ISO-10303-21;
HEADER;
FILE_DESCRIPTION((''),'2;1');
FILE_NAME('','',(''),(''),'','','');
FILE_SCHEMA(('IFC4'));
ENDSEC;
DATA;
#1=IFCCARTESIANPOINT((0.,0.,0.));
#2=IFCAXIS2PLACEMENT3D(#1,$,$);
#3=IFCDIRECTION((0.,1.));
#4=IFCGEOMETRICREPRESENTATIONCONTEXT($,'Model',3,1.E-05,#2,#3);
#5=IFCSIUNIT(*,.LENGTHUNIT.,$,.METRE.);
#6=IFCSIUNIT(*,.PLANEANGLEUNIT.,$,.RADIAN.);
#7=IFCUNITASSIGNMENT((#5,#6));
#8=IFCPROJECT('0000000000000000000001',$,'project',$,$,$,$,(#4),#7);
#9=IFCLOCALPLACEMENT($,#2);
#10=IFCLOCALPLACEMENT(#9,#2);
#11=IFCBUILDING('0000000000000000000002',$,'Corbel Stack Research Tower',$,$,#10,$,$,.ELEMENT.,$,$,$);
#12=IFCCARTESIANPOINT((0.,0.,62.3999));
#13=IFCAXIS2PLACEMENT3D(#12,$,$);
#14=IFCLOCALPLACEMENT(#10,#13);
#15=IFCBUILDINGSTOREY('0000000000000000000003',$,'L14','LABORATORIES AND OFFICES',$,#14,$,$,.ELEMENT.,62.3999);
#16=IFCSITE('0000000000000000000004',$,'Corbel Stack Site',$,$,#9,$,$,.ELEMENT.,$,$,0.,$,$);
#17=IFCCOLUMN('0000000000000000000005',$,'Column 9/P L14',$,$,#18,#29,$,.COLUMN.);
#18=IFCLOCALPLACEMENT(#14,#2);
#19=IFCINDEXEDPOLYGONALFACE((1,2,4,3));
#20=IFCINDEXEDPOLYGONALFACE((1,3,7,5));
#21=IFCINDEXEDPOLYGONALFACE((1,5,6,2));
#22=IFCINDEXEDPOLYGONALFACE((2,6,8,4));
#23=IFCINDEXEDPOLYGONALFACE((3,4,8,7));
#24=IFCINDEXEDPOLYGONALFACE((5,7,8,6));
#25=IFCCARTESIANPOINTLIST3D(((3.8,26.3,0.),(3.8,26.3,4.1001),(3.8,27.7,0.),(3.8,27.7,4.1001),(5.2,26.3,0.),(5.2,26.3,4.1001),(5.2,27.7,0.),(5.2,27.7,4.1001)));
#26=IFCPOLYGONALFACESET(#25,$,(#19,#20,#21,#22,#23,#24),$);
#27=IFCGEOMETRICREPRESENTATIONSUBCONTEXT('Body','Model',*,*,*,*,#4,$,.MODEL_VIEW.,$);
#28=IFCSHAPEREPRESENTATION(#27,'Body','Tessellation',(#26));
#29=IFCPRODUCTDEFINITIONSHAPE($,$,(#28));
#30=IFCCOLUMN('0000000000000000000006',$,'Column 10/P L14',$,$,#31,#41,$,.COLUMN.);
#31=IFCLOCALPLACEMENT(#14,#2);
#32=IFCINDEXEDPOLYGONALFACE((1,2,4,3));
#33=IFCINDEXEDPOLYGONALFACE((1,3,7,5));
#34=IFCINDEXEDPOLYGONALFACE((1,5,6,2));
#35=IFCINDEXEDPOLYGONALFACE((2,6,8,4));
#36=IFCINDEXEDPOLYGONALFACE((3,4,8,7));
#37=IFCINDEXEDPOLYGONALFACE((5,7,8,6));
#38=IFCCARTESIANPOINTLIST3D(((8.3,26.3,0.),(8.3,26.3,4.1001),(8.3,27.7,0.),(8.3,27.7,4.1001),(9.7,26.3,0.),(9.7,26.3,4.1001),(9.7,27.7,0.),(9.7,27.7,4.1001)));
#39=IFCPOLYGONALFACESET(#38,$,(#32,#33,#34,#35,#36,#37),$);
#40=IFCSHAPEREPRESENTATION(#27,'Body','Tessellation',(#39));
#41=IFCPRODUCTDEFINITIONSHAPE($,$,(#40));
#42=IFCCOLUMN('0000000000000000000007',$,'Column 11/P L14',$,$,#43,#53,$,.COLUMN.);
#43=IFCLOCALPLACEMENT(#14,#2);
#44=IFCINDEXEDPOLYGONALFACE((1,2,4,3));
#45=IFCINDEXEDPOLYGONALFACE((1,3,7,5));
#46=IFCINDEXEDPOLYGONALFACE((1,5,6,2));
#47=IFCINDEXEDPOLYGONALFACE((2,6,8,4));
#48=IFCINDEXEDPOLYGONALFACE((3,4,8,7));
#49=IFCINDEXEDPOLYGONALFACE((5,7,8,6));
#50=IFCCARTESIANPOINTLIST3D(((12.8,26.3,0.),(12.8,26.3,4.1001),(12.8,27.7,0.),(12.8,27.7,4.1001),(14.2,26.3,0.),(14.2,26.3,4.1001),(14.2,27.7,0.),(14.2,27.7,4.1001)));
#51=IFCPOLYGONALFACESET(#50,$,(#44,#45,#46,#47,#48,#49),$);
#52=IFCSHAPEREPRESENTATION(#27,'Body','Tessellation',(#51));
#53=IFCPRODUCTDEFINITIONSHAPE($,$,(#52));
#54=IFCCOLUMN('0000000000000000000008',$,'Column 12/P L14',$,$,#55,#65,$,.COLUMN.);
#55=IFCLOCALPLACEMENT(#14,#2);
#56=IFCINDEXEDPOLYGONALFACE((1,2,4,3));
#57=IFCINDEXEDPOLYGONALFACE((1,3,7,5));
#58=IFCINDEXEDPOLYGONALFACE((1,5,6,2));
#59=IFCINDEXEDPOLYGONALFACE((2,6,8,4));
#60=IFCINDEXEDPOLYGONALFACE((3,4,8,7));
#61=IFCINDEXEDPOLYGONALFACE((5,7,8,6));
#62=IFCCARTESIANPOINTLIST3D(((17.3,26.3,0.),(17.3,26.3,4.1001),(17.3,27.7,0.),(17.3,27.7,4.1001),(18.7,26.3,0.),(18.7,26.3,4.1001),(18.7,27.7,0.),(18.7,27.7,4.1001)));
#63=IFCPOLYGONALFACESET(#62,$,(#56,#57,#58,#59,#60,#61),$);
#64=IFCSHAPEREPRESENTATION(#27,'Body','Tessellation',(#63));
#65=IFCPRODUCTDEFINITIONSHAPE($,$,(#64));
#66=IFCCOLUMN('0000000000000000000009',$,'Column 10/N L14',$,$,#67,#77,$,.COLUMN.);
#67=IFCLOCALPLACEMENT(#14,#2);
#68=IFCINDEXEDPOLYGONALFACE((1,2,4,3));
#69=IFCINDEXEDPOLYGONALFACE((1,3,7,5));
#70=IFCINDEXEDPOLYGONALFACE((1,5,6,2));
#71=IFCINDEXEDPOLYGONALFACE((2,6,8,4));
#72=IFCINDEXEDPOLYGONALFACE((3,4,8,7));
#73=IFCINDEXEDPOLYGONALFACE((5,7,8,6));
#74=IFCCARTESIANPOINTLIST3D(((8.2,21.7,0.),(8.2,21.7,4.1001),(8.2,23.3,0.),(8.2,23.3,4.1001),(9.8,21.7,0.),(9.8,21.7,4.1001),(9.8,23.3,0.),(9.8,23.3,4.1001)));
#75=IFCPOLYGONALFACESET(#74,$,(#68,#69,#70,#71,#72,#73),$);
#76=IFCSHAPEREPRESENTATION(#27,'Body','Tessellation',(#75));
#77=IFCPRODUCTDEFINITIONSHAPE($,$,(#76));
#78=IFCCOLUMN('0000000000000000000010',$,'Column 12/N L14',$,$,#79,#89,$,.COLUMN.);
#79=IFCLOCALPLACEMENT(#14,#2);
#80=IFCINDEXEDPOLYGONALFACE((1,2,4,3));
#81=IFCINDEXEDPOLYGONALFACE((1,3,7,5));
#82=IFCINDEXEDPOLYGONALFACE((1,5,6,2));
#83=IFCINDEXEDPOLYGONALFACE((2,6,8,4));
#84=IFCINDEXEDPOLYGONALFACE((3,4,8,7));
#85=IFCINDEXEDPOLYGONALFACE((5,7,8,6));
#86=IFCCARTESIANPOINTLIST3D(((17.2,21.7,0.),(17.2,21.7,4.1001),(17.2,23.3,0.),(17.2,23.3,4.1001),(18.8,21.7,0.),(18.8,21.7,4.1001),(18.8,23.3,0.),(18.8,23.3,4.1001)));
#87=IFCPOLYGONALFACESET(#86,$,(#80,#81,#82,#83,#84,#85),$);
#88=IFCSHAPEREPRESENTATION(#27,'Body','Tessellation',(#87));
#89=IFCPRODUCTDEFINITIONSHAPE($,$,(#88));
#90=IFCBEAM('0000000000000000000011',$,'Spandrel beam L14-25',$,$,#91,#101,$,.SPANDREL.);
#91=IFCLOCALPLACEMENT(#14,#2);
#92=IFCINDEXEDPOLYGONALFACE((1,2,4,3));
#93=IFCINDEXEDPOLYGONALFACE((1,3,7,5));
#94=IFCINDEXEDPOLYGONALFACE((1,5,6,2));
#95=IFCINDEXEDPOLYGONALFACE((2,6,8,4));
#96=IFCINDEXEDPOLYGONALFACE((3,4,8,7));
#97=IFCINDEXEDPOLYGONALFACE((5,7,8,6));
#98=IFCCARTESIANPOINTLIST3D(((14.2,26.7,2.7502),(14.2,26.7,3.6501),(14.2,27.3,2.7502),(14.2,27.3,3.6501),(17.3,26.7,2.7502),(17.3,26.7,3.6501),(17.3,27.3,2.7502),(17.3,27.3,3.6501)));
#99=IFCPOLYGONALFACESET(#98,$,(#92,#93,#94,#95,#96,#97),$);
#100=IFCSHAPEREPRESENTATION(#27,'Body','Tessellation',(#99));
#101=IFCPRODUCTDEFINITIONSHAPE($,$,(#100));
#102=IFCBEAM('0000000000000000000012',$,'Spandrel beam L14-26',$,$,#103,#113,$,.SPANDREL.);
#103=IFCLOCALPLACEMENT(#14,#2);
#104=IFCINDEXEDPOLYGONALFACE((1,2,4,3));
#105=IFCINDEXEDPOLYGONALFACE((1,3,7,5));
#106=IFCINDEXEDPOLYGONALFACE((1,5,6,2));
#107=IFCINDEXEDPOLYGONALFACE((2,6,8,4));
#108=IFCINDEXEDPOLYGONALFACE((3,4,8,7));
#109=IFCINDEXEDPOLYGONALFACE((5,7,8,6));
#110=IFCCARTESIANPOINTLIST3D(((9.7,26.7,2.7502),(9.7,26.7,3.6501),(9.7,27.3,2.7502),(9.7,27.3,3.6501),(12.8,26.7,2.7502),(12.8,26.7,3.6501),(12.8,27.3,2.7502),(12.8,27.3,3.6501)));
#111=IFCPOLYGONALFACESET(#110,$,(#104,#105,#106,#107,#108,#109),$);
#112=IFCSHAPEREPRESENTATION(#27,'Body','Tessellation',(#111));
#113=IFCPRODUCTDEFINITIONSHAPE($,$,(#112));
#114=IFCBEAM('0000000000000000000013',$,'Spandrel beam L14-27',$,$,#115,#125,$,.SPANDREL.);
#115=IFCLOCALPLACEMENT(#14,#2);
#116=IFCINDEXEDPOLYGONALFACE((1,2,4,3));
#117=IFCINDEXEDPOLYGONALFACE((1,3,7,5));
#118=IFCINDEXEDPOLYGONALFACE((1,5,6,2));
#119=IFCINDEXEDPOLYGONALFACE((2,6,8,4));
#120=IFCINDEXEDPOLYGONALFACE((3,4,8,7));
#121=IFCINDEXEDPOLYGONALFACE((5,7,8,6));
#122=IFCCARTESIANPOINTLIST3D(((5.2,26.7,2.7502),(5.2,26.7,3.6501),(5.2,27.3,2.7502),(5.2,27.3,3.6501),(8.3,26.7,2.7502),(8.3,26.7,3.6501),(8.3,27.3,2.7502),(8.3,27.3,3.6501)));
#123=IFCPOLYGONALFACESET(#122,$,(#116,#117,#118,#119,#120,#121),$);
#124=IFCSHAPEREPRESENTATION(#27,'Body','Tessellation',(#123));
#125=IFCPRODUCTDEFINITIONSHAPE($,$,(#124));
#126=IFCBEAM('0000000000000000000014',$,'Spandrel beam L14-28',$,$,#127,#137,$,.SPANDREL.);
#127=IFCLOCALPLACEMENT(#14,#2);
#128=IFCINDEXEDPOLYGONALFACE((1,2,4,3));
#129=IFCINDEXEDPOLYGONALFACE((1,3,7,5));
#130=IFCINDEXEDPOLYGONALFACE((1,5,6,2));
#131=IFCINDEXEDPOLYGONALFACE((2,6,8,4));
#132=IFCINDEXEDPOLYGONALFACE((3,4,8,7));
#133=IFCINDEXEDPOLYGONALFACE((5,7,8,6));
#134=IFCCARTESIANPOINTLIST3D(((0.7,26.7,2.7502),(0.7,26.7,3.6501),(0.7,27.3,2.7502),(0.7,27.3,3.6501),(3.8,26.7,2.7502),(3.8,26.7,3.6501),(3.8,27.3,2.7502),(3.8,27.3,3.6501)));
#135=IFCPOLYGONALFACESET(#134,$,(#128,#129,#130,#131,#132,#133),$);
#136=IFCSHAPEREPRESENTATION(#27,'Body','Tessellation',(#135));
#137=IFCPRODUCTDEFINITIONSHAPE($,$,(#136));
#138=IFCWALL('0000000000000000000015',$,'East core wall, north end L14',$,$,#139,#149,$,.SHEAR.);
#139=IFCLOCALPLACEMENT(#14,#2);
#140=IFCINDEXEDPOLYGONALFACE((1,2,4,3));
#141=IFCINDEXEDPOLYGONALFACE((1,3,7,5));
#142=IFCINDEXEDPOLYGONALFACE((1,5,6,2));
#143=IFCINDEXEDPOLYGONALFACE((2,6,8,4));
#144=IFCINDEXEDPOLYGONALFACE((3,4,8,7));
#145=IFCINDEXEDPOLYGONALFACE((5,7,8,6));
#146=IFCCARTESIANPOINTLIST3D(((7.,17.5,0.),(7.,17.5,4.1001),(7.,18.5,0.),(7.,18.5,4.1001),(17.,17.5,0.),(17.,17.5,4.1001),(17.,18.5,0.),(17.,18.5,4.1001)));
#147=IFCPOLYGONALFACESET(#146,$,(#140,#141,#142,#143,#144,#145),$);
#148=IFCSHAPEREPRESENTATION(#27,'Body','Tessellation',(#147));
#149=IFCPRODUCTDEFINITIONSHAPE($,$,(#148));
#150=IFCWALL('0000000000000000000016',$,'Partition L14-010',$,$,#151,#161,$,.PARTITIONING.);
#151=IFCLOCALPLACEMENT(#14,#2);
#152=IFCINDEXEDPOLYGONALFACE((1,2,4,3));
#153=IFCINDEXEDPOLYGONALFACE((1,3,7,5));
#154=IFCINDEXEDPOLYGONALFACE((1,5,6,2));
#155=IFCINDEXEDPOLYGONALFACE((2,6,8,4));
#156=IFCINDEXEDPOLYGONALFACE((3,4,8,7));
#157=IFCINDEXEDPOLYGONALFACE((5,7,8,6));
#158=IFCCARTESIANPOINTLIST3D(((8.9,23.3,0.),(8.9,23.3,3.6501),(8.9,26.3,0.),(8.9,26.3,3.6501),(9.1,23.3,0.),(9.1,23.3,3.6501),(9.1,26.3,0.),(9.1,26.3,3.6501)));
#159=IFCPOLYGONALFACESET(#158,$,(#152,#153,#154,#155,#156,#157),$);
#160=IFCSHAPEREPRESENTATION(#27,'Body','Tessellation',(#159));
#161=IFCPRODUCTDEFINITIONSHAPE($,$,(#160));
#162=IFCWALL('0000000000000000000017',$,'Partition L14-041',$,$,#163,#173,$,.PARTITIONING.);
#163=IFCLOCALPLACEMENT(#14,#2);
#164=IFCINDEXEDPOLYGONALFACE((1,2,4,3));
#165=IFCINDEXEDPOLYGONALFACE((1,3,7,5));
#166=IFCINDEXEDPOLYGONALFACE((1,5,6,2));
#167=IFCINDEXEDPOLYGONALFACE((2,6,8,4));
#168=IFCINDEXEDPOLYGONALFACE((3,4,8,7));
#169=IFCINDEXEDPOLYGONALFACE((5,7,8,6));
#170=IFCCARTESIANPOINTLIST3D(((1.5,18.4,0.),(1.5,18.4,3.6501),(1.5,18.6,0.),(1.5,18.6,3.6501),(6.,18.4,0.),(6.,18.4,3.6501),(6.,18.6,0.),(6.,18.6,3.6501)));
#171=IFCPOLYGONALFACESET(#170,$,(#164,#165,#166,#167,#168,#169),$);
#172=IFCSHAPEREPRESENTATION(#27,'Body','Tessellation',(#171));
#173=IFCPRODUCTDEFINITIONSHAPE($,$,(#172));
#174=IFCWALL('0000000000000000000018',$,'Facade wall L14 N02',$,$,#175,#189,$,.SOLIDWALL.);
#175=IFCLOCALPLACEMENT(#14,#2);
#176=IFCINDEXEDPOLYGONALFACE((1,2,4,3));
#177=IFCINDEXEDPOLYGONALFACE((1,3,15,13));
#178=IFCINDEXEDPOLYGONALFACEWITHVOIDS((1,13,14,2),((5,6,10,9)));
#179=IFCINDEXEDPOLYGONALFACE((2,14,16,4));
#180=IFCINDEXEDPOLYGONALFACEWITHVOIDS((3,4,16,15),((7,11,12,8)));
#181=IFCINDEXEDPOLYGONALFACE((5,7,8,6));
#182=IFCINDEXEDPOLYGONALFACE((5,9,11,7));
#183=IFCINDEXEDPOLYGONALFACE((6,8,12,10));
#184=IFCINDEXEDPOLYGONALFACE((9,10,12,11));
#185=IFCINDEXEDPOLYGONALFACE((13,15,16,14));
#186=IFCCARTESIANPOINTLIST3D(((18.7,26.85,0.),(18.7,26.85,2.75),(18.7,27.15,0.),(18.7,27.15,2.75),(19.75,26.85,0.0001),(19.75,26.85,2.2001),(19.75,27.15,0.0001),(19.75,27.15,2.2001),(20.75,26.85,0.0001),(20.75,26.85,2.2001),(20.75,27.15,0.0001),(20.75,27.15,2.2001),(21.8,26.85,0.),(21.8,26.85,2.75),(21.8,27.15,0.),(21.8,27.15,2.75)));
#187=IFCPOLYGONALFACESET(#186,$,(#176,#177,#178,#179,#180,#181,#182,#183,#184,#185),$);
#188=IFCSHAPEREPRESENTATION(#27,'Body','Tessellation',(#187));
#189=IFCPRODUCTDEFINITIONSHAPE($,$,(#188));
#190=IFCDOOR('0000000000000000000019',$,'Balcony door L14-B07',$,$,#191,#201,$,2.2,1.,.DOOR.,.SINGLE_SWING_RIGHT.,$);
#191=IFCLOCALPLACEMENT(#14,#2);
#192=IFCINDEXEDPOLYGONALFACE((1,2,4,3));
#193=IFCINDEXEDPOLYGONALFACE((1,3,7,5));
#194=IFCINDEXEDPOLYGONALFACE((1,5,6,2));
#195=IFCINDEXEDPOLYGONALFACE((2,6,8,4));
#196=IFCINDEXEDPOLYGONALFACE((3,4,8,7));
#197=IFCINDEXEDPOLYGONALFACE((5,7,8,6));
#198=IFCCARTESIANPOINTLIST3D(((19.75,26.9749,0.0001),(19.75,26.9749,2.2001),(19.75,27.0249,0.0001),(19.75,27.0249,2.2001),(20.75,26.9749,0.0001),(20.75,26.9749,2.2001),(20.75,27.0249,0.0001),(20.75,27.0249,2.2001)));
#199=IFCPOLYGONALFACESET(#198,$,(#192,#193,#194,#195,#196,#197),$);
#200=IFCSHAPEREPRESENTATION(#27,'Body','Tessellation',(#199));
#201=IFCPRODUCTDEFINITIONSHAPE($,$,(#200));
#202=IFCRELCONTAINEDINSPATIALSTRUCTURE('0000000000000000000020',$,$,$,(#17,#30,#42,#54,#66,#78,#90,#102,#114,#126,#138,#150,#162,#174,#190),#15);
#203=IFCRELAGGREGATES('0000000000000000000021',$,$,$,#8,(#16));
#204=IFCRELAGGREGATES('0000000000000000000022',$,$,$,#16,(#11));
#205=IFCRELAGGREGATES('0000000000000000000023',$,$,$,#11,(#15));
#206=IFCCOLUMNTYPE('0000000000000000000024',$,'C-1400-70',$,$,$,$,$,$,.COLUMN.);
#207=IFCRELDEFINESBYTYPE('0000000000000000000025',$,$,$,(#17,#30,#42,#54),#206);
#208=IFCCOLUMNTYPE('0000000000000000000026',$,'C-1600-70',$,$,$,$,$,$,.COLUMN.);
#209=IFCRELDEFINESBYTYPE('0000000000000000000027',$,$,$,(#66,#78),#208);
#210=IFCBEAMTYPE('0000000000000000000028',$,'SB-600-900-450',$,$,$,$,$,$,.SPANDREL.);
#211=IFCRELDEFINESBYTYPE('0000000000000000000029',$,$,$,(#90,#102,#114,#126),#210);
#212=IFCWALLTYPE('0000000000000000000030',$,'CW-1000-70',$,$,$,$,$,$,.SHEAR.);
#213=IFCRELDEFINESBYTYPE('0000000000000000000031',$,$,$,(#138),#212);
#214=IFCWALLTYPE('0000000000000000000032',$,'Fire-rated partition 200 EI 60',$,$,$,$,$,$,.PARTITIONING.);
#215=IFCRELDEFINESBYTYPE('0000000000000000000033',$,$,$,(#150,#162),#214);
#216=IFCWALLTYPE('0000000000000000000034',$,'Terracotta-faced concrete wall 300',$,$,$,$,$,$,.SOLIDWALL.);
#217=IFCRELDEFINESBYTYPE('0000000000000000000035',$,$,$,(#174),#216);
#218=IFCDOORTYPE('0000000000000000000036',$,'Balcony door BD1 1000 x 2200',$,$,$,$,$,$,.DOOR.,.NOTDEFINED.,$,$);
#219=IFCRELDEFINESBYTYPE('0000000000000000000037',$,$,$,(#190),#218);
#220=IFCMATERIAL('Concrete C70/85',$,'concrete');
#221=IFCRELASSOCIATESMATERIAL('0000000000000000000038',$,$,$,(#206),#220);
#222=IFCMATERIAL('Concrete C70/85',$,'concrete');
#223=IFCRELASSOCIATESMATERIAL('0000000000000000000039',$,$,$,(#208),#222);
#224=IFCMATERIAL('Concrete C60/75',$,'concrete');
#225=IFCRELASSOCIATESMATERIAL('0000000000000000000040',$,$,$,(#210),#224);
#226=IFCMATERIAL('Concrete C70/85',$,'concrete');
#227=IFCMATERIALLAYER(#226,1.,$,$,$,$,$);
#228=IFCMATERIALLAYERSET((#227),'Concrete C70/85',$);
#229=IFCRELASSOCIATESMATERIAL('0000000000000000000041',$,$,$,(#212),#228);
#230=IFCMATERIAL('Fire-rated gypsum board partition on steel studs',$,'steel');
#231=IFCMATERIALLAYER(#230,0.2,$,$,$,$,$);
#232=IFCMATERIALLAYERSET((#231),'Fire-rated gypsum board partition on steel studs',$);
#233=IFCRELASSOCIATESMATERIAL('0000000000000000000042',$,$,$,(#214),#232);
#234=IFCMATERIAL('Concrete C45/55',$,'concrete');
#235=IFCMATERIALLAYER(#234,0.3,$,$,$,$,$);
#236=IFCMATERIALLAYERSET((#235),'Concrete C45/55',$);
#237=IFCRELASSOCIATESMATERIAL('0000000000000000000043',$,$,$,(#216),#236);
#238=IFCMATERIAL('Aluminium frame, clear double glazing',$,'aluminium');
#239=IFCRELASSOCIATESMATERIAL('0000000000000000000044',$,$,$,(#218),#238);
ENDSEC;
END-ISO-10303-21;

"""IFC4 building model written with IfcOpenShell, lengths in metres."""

from ifc_helpers import new_model, si_unit, direction, frame, frame_2d, origin, origin_2d, place, context, subcontext, project, spatial, rectangle, extrude, material, layer, layer_set, material_profile, profile_set, type_object, element, fill, save


model = new_model("IFC4")

# Units and contexts
model_context = context("Model", 3, precision=1e-05, world=origin(), true_north=direction((0.0, 1.0)))
body_context = subcontext(model_context, "Body", "Model", "MODEL_VIEW")
ifc_project = project(units=[si_unit("LENGTHUNIT", "METRE"), si_unit("PLANEANGLEUNIT", "RADIAN")], contexts=[model_context])

# Site, building, storey
site_placement = place(None, origin())
site = spatial("IfcSite", under=ifc_project, at=site_placement, Name="Corbel Stack Site", CompositionType="ELEMENT", RefElevation=0.0)
building_placement = place(site_placement, origin())
building = spatial("IfcBuilding", under=site, at=building_placement, Name="Corbel Stack Research Tower", CompositionType="ELEMENT")
storey_placement = place(building_placement, frame((0.0, 0.0, 62.3999)))
storey = spatial("IfcBuildingStorey", under=building, at=storey_placement, Name="L14", Description="LABORATORIES AND OFFICES", CompositionType="ELEMENT", Elevation=62.3999)

# Columns
ifc_material_1 = material(Name="Concrete C70/85", Category="concrete")
ifc_material_profile_1 = material_profile(ifc_material_1, rectangle(XDim=1.3999, YDim=1.3999, at=origin_2d()), Name="RC 1400 x 1400")
ifc_profile_set_1 = profile_set([ifc_material_profile_1], Name="Concrete C70/85")
column_type_1 = type_object("IfcColumnType", Name="C-1400-70", PredefinedType="COLUMN", material=ifc_profile_set_1)
for number, where, z_axis, x_axis, name in (
    (1, (4.5, 27.0, 0.0), (0.0, 0.0, 1.0), (1.0, 0.0, 0.0), "Column 9/P L14"),
    (2, (9.0, 27.0, 0.0), (0.0, 0.0, 1.0), (1.0, 0.0, 0.0), "Column 10/P L14"),
    (3, (13.5, 27.0, 0.0), (0.0, 0.0, 1.0), (1.0, 0.0, 0.0), "Column 11/P L14"),
    (4, (18.0, 27.0, 0.0), (0.0, 0.0, 1.0), (1.0, 0.0, 0.0), "Column 12/P L14"),
):
    element("IfcColumn", number, at=place(storey_placement, frame(where, z_axis=z_axis, x_axis=x_axis)), inside=storey, type_object=column_type_1, Name=name, PredefinedType="COLUMN", context=body_context, shape_type="SweptSolid", body=[
        extrude(rectangle(XDim=1.3999, YDim=1.3999, at=origin_2d()), origin(), (0.0, 0.0, 1.0), 4.1001),
    ])
ifc_material_2 = material(Name="Concrete C70/85", Category="concrete")
ifc_material_profile_2 = material_profile(ifc_material_2, rectangle(XDim=1.6001, YDim=1.6001, at=origin_2d()), Name="RC 1600 x 1600")
ifc_profile_set_2 = profile_set([ifc_material_profile_2], Name="Concrete C70/85")
column_type_2 = type_object("IfcColumnType", Name="C-1600-70", PredefinedType="COLUMN", material=ifc_profile_set_2)
for number, where, z_axis, x_axis, name in (
    (5, (9.0, 22.5, 0.0), (0.0, 0.0, 1.0), (1.0, 0.0, 0.0), "Column 10/N L14"),
    (6, (18.0, 22.5, 0.0), (0.0, 0.0, 1.0), (1.0, 0.0, 0.0), "Column 12/N L14"),
):
    element("IfcColumn", number, at=place(storey_placement, frame(where, z_axis=z_axis, x_axis=x_axis)), inside=storey, type_object=column_type_2, Name=name, PredefinedType="COLUMN", context=body_context, shape_type="SweptSolid", body=[
        extrude(rectangle(XDim=1.6001, YDim=1.6001, at=origin_2d()), origin(), (0.0, 0.0, 1.0), 4.1001),
    ])

# Beams
ifc_material_3 = material(Name="Concrete C60/75", Category="concrete")
ifc_material_profile_3 = material_profile(ifc_material_3, rectangle(XDim=0.6001, YDim=0.8999, at=origin_2d()), Name="RC 600 x 900")
ifc_profile_set_3 = profile_set([ifc_material_profile_3], Name="Concrete C60/75")
beam_type = type_object("IfcBeamType", Name="SB-600-900-450", PredefinedType="SPANDREL", material=ifc_profile_set_3)
for number, where, z_axis, x_axis, name in (
    (7, (17.3, 27.0, 3.2002), (-1.0, 0.0, 0.0), (0.0, -1.0, 0.0), "Spandrel beam L14-25"),
    (8, (12.8, 27.0, 3.2002), (-1.0, 0.0, 0.0), (0.0, -1.0, 0.0), "Spandrel beam L14-26"),
    (9, (8.3, 27.0, 3.2002), (-1.0, 0.0, 0.0), (0.0, -1.0, 0.0), "Spandrel beam L14-27"),
    (10, (3.8, 27.0, 3.2002), (-1.0, 0.0, 0.0), (0.0, -1.0, 0.0), "Spandrel beam L14-28"),
):
    element("IfcBeam", number, at=place(storey_placement, frame(where, z_axis=z_axis, x_axis=x_axis)), inside=storey, type_object=beam_type, Name=name, PredefinedType="SPANDREL", context=body_context, shape_type="SweptSolid", body=[
        extrude(rectangle(XDim=0.6001, YDim=0.8999, at=origin_2d()), origin(), (0.0, 0.0, 1.0), 3.1001),
    ])

# Walls
ifc_material_4 = material(Name="Concrete C70/85", Category="concrete")
ifc_layer_1 = layer(ifc_material_4, 1.0)
ifc_layer_set_1 = layer_set([ifc_layer_1], Name="Concrete C70/85")
wall_type_1 = type_object("IfcWallType", Name="CW-1000-70", PredefinedType="SHEAR", material=ifc_layer_set_1)
wall_1_placement = place(storey_placement, frame((7.0, 18.0, 0.0), z_axis=(0.0, 0.0, 1.0), x_axis=(1.0, 0.0, 0.0)))
element("IfcWall", 11, at=wall_1_placement, inside=storey, type_object=wall_type_1, Name="East core wall, north end L14", PredefinedType="SHEAR", context=body_context, shape_type="SweptSolid", body=[
    extrude(rectangle(XDim=10.0, YDim=1.0, at=frame_2d((5.0, 0.0))), origin(), (0.0, 0.0, 1.0), 4.1001),
])
ifc_material_5 = material(Name="Fire-rated gypsum board partition on steel studs", Category="steel")
ifc_layer_2 = layer(ifc_material_5, 0.2)
ifc_layer_set_2 = layer_set([ifc_layer_2], Name="Fire-rated gypsum board partition on steel studs")
wall_type_2 = type_object("IfcWallType", Name="Fire-rated partition 200 EI 60", PredefinedType="PARTITIONING", material=ifc_layer_set_2)
wall_2_placement = place(storey_placement, frame((9.0, 23.3, 0.0), z_axis=(0.0, 0.0, 1.0), x_axis=(0.0, 1.0, 0.0)))
element("IfcWall", 12, at=wall_2_placement, inside=storey, type_object=wall_type_2, Name="Partition L14-010", PredefinedType="PARTITIONING", context=body_context, shape_type="SweptSolid", body=[
    extrude(rectangle(XDim=3.0, YDim=0.2, at=frame_2d((1.5, 0.0))), origin(), (0.0, 0.0, 1.0), 3.6501),
])
wall_3_placement = place(storey_placement, frame((1.5, 18.5, 0.0), z_axis=(0.0, 0.0, 1.0), x_axis=(1.0, 0.0, 0.0)))
element("IfcWall", 13, at=wall_3_placement, inside=storey, type_object=wall_type_2, Name="Partition L14-041", PredefinedType="PARTITIONING", context=body_context, shape_type="SweptSolid", body=[
    extrude(rectangle(XDim=4.5, YDim=0.2, at=frame_2d((2.25, 0.0))), origin(), (0.0, 0.0, 1.0), 3.6501),
])

# Wall, opening, door
ifc_material_6 = material(Name="Concrete C45/55", Category="concrete")
ifc_layer_3 = layer(ifc_material_6, 0.3)
ifc_layer_set_3 = layer_set([ifc_layer_3], Name="Concrete C45/55")
wall_type_3 = type_object("IfcWallType", Name="Terracotta-faced concrete wall 300", PredefinedType="SOLIDWALL", material=ifc_layer_set_3)
wall_4_placement = place(storey_placement, frame((18.7, 27.0, 0.0), z_axis=(0.0, 0.0, 1.0), x_axis=(1.0, 0.0, 0.0)))
wall_4 = element("IfcWall", 14, at=wall_4_placement, inside=storey, type_object=wall_type_3, Name="Facade wall L14 N02", PredefinedType="SOLIDWALL", context=body_context, shape_type="SweptSolid", body=[
    extrude(rectangle(XDim=3.1001, YDim=0.3, at=frame_2d((1.55, 0.0))), origin(), (0.0, 0.0, 1.0), 2.75),
])
opening_1_placement = place(wall_4_placement, frame((1.05, 0.0, 0.0)))
opening_1 = element("IfcOpeningElement", 15, at=opening_1_placement, cuts=wall_4, PredefinedType="OPENING", context=body_context, shape_type="SweptSolid", body=[
    extrude(rectangle(XDim=1.0, YDim=2.2, at=frame_2d((0.5, 1.1001))), frame((0.0, 0.1599, 0.0), z_axis=(0.0, -1.0, 0.0), x_axis=(1.0, 0.0, 0.0)), (0.0, 0.0, 1.0), 0.3201),
])
ifc_material_7 = material(Name="Aluminium frame, clear double glazing", Category="aluminium")
door_type = type_object("IfcDoorType", Name="Balcony door BD1 1000 x 2200", OperationType="NOTDEFINED", PredefinedType="DOOR", material=ifc_material_7)
door_placement = place(opening_1_placement, origin())
door = element("IfcDoor", 16, at=door_placement, inside=storey, type_object=door_type, Name="Balcony door L14-B07", OperationType="SINGLE_SWING_RIGHT", OverallHeight=2.2, OverallWidth=1.0, PredefinedType="DOOR", context=body_context, shape_type="SweptSolid", body=[
    extrude(rectangle(XDim=1.0, YDim=2.2, at=frame_2d((0.5, 1.1001))), frame((0.0, 0.0249, 0.0), z_axis=(0.0, -1.0, 0.0), x_axis=(1.0, 0.0, 0.0)), (0.0, 0.0, 1.0), 0.05),
])
fill(opening_1, door)

save(model, "model.ifc")
